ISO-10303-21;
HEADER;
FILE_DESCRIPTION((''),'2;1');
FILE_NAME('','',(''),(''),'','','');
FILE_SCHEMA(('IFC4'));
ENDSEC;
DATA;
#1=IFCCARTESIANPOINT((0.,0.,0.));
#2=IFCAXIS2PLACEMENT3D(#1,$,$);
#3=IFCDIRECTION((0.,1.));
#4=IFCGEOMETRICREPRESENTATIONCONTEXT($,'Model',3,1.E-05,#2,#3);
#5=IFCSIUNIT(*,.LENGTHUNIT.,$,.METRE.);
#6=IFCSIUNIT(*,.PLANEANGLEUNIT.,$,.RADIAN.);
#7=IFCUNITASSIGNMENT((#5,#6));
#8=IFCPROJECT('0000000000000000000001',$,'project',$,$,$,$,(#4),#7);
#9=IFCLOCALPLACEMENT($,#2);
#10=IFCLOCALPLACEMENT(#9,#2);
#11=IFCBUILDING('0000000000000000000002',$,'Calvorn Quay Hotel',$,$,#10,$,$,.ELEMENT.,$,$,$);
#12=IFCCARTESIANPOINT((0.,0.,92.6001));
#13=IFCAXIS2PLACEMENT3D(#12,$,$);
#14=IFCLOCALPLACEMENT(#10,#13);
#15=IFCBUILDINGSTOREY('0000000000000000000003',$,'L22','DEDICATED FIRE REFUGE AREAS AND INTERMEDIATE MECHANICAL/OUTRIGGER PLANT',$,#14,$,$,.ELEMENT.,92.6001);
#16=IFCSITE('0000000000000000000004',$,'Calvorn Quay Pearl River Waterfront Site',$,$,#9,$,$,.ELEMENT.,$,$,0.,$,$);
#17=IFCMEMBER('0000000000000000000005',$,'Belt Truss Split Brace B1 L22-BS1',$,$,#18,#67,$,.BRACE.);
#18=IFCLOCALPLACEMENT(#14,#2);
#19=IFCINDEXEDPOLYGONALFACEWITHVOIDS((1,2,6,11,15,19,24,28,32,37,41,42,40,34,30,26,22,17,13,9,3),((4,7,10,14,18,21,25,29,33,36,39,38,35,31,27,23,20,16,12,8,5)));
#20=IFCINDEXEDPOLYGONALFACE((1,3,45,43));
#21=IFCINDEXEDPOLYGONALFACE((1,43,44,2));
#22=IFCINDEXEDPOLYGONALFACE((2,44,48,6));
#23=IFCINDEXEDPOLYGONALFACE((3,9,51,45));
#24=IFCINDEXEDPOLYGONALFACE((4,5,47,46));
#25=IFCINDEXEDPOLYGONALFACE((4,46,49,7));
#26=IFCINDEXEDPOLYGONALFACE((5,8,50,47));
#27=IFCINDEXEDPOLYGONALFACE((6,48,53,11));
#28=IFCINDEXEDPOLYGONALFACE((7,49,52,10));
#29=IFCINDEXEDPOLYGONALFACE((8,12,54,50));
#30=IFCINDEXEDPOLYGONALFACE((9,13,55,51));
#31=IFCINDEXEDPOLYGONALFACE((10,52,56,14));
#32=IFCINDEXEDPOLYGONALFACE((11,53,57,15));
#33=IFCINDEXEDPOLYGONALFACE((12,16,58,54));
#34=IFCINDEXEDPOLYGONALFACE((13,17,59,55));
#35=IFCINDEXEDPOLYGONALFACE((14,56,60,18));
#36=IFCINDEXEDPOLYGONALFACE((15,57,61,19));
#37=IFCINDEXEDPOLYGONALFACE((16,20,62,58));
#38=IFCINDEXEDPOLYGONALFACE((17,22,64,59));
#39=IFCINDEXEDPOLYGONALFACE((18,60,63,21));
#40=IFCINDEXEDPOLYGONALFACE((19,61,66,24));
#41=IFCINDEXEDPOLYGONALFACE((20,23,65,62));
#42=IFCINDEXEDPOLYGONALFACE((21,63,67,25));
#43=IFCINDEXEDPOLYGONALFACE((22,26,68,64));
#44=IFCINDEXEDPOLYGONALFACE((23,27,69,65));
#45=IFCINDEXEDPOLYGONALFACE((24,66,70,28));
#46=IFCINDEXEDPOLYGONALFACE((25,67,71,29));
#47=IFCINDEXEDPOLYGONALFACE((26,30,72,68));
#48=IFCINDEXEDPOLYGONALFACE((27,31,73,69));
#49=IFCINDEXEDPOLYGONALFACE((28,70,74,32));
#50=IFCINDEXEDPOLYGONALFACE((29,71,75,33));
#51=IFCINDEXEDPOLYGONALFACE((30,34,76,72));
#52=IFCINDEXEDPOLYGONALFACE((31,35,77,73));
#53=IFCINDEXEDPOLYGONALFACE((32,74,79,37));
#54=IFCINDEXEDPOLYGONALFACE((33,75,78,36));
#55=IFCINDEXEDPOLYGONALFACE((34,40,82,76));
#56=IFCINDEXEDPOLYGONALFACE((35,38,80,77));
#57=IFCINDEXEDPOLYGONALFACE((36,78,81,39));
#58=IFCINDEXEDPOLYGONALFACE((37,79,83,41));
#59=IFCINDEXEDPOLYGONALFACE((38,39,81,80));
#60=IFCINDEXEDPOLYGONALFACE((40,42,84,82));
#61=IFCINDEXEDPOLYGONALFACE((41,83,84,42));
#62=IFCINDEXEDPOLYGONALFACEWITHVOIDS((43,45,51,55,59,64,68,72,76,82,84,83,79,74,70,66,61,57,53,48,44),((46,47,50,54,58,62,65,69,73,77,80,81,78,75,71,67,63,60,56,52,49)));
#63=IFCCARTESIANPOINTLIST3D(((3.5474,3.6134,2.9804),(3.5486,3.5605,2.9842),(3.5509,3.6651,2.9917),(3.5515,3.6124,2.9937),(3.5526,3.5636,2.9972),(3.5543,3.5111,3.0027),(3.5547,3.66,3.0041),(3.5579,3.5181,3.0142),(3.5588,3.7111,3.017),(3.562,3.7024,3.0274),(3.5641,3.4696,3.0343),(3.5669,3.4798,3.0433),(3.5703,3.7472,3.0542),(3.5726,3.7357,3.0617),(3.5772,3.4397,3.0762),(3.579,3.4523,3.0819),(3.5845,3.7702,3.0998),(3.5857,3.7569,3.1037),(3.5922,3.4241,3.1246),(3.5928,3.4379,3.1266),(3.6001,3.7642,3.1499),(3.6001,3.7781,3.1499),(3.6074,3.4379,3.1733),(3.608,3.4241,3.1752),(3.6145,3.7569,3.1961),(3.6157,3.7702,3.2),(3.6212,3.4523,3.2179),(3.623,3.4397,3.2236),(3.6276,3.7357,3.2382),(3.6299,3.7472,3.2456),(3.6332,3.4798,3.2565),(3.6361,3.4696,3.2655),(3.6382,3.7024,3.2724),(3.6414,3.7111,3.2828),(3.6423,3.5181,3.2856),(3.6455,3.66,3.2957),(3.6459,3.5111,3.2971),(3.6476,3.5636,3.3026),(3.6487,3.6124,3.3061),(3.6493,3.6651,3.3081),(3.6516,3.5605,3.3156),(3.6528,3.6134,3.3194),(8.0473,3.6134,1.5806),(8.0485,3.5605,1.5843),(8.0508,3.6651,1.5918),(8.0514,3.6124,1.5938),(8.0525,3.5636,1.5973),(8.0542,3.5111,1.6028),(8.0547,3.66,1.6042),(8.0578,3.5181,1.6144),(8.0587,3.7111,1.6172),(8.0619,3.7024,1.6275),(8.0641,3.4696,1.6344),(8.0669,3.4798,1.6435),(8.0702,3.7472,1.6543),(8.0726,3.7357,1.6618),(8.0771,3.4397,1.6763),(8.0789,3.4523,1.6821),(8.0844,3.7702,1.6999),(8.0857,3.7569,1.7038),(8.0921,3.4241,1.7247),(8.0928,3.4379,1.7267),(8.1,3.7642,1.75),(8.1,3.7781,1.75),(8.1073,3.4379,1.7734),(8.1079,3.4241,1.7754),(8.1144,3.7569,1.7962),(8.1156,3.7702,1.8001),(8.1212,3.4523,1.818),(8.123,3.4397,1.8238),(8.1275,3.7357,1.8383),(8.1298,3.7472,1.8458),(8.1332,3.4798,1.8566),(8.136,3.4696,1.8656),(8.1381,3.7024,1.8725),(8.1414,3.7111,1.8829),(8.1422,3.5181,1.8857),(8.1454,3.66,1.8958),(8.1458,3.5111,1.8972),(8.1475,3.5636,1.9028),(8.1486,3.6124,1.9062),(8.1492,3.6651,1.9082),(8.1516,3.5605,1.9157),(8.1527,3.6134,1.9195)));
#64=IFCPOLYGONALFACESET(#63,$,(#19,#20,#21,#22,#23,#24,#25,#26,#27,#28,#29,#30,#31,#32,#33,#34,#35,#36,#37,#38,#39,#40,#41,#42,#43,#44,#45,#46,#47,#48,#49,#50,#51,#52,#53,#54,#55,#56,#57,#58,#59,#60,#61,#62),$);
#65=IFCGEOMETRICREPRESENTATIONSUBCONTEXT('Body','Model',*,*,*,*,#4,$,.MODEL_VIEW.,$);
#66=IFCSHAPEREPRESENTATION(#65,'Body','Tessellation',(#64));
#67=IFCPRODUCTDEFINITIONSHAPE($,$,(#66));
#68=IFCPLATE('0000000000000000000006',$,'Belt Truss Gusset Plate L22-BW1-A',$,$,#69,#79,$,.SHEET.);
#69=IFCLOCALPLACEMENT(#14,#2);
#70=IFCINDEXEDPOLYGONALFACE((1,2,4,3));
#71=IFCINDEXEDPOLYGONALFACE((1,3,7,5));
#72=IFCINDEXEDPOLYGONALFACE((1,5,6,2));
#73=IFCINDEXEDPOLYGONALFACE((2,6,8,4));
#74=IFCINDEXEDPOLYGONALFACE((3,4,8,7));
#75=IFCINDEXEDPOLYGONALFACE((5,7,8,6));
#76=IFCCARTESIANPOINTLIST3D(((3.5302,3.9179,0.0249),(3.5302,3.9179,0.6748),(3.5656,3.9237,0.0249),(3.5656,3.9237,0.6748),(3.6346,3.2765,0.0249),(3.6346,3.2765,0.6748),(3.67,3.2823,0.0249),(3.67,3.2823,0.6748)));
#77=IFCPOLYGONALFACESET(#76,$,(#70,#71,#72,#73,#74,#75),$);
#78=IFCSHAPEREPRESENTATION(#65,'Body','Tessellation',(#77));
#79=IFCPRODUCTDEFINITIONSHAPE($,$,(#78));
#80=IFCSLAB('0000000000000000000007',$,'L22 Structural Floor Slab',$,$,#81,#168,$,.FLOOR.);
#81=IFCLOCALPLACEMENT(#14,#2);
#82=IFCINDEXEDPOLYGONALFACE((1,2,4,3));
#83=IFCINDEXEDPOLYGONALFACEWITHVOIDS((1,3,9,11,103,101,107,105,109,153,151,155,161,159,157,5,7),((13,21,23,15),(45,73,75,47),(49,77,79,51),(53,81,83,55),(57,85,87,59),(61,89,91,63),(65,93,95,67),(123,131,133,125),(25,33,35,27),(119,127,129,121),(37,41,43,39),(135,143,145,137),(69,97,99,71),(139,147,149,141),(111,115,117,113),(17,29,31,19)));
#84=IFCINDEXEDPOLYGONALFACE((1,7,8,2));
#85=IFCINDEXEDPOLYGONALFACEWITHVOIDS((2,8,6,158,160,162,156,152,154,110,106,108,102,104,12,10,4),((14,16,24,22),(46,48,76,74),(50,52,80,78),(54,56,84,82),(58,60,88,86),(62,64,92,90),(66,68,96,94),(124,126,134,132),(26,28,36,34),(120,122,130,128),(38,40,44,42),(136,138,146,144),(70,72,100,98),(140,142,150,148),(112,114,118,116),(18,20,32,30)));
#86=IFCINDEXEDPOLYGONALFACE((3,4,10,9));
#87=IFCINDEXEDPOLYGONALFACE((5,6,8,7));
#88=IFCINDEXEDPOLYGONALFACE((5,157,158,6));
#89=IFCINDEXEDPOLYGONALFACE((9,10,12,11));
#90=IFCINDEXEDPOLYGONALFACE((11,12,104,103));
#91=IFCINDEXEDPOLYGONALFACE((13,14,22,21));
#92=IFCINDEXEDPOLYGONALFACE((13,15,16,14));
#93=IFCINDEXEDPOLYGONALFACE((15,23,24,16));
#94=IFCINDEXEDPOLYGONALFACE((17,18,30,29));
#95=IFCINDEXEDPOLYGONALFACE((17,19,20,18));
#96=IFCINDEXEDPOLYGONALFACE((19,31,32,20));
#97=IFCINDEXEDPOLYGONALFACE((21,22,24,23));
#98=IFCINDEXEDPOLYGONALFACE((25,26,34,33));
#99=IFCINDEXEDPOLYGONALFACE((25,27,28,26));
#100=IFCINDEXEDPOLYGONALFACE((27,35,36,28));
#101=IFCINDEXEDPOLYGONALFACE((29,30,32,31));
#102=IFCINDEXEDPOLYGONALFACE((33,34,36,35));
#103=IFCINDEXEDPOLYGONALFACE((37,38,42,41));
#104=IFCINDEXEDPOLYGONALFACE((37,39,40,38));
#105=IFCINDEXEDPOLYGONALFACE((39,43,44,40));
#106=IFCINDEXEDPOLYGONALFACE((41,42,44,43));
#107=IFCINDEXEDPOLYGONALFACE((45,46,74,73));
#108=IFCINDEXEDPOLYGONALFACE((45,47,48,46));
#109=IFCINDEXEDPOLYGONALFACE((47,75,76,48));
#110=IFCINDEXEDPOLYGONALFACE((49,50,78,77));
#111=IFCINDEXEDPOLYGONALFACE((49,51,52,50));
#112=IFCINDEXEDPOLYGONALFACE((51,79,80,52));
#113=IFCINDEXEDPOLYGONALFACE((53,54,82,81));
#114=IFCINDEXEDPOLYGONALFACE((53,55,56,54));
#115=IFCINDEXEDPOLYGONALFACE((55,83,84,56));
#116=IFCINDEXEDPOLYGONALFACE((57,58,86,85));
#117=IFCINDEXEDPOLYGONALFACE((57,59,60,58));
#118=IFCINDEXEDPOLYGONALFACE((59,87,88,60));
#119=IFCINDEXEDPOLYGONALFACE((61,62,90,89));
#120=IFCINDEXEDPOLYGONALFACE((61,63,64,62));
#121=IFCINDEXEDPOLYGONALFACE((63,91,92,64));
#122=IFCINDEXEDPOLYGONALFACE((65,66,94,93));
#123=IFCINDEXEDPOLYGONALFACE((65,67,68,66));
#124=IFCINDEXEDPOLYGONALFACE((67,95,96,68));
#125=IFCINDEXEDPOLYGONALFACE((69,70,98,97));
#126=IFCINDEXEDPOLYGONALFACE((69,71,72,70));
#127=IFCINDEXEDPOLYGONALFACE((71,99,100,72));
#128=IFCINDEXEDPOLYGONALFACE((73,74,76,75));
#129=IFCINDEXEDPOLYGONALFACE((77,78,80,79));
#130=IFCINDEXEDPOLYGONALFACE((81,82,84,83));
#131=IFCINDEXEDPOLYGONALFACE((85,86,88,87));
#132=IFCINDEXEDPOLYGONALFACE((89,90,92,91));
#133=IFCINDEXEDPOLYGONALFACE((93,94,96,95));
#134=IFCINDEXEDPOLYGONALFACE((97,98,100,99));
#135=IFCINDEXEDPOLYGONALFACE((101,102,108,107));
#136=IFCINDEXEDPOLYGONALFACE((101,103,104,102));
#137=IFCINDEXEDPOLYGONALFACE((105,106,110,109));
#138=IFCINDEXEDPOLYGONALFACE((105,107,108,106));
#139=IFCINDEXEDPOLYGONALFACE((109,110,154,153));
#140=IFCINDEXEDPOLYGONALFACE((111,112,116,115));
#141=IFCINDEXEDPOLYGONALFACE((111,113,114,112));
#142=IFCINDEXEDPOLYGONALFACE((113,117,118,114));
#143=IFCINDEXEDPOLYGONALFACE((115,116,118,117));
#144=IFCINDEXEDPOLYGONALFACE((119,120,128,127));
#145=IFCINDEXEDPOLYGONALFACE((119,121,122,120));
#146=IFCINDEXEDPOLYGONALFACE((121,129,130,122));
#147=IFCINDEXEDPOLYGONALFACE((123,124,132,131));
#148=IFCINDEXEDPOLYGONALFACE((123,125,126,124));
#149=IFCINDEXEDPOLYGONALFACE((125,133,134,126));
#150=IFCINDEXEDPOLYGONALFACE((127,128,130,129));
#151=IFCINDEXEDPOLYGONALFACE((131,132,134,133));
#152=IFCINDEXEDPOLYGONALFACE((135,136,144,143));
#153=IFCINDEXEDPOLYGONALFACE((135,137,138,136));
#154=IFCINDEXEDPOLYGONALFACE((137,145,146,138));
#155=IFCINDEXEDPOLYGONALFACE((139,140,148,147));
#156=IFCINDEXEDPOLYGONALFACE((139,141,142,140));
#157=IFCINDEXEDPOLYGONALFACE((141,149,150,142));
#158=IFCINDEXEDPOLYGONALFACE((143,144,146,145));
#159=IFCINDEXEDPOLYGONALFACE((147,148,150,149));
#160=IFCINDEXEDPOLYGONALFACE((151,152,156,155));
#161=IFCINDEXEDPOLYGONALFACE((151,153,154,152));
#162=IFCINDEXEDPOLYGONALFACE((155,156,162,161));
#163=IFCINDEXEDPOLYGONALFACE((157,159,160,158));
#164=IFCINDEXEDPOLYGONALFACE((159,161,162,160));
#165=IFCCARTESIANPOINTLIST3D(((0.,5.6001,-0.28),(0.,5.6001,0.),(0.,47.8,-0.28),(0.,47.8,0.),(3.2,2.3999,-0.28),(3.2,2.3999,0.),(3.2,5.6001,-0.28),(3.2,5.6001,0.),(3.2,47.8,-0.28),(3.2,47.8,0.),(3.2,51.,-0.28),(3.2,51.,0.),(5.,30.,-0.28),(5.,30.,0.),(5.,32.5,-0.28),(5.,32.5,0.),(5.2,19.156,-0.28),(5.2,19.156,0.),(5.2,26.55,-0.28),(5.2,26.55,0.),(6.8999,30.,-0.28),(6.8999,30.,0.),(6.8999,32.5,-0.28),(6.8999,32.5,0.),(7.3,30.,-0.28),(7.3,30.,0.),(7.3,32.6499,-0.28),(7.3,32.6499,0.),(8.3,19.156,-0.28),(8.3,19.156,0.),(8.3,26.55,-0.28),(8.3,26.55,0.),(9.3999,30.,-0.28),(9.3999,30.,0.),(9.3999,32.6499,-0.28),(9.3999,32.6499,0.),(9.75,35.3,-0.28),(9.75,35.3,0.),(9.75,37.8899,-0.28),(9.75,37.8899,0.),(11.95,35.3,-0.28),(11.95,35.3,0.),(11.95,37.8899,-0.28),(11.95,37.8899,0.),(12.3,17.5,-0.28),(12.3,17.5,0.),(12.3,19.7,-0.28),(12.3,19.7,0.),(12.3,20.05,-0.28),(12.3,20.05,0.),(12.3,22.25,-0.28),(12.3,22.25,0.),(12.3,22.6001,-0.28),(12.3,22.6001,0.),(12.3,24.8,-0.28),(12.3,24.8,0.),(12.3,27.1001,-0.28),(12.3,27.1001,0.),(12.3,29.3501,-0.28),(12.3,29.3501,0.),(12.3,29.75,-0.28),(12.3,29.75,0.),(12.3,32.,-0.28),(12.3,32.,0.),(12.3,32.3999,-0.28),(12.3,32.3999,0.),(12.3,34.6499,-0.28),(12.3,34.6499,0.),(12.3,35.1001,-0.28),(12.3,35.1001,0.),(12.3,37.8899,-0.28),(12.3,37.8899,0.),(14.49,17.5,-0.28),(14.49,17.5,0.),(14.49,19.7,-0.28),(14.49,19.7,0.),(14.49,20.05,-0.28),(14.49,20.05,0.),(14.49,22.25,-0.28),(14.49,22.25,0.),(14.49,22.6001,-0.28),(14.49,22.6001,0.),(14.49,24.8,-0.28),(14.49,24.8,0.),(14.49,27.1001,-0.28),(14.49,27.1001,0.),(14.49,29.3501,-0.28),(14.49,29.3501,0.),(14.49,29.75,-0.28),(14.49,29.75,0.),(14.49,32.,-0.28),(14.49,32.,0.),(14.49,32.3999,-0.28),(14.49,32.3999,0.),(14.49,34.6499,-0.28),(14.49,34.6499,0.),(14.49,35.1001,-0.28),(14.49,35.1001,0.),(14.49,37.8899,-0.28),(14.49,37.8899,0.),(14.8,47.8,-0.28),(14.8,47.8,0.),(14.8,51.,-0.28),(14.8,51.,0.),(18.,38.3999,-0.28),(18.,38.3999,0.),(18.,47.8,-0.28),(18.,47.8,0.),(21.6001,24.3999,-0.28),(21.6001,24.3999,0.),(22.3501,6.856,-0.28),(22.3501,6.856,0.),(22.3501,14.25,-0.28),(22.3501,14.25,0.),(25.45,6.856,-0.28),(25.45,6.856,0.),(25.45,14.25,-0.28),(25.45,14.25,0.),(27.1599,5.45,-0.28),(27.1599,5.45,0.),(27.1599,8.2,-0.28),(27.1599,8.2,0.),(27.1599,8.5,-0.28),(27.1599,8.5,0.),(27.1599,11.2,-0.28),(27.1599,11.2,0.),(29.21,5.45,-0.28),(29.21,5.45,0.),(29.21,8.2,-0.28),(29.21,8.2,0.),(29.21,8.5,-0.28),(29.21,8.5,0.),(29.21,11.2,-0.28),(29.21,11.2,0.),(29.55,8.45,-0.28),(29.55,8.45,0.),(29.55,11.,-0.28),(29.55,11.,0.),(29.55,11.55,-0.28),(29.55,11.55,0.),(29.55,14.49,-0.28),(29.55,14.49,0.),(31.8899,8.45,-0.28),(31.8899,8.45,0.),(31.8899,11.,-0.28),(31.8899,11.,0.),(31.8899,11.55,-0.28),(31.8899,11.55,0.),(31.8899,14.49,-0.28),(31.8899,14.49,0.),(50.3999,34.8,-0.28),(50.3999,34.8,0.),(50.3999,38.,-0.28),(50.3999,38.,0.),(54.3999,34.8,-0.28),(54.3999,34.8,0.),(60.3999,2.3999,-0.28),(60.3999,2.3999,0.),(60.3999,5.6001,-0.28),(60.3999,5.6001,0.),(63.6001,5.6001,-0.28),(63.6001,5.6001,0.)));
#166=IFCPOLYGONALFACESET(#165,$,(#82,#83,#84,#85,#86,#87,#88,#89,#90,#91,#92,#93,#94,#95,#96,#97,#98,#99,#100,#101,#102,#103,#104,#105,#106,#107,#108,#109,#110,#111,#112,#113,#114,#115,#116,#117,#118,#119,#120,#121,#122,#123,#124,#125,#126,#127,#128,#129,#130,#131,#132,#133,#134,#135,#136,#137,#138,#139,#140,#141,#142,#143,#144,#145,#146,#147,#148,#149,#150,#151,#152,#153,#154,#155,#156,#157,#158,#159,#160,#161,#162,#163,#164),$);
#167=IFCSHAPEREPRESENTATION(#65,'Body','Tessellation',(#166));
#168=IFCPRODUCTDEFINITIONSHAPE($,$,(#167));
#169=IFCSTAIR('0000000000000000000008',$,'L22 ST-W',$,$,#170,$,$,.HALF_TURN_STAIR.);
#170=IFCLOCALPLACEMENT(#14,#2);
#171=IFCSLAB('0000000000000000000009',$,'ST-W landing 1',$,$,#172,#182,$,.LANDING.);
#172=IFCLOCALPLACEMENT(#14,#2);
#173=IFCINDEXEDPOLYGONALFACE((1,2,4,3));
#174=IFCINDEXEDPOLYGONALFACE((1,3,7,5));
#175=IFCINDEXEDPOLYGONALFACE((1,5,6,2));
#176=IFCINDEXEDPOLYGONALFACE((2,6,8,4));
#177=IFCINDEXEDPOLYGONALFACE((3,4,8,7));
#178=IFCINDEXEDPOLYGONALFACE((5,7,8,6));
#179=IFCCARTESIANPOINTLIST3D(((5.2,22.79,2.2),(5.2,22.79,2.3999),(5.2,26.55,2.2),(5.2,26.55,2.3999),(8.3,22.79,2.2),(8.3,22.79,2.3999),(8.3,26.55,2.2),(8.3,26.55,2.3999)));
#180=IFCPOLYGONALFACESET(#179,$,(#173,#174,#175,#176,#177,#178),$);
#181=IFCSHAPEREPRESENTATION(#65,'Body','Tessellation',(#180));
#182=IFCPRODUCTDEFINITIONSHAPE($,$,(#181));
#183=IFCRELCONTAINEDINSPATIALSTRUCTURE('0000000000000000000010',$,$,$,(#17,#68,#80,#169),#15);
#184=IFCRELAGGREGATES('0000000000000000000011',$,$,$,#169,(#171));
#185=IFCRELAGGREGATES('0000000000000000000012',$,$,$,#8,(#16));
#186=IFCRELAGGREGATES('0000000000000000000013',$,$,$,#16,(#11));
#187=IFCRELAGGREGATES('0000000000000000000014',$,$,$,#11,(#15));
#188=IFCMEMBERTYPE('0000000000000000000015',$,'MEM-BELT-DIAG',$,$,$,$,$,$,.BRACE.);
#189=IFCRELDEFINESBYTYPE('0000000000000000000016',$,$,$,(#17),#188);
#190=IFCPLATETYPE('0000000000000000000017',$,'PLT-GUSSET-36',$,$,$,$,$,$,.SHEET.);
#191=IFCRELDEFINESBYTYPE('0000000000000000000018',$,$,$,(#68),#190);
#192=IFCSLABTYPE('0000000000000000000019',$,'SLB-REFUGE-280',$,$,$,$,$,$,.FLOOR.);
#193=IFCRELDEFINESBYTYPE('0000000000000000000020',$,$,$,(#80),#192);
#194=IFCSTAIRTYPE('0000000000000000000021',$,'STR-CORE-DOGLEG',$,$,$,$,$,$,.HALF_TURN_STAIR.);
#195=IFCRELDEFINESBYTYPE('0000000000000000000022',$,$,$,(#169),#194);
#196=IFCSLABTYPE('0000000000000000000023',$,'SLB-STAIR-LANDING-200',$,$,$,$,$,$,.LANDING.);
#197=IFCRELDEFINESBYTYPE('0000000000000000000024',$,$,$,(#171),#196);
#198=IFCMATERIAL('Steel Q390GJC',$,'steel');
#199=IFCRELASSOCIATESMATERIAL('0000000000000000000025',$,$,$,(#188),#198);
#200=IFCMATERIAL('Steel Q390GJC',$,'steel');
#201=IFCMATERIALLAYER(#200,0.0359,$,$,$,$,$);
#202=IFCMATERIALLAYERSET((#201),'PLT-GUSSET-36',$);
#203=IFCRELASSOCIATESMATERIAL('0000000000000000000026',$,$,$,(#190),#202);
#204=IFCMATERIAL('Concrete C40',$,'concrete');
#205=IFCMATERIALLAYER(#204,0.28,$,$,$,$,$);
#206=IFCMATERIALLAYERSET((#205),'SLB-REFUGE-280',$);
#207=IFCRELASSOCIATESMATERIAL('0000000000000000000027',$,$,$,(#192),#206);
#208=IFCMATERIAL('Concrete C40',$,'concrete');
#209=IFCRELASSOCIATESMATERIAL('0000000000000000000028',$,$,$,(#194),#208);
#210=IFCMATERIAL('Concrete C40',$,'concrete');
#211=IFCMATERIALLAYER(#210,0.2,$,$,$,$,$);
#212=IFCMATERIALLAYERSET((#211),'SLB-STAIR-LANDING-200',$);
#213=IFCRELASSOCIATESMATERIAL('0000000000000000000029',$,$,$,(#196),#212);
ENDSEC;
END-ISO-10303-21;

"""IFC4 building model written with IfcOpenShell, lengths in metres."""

from ifc_helpers import new_model, si_unit, direction, frame, origin, origin_2d, place, context, subcontext, project, spatial, polyline, rectangle, hollow_circle, outline, extrude, material, layer, layer_set, material_profile, profile_set, type_object, element, aggregate, save


model = new_model("IFC4")

# Units and contexts
model_context = context("Model", 3, precision=1e-05, world=origin(), true_north=direction((0.0, 1.0)))
body_context = subcontext(model_context, "Body", "Model", "MODEL_VIEW")
ifc_project = project(units=[si_unit("LENGTHUNIT", "METRE"), si_unit("PLANEANGLEUNIT", "RADIAN")], contexts=[model_context])

# Site, building, storey
site_placement = place(None, origin())
site = spatial("IfcSite", under=ifc_project, at=site_placement, Name="Calvorn Quay Pearl River Waterfront Site", CompositionType="ELEMENT", RefElevation=0.0)
building_placement = place(site_placement, origin())
building = spatial("IfcBuilding", under=site, at=building_placement, Name="Calvorn Quay Hotel", CompositionType="ELEMENT")
storey_placement = place(building_placement, frame((0.0, 0.0, 92.6001)))
storey = spatial("IfcBuildingStorey", under=building, at=storey_placement, Name="L22", Description="DEDICATED FIRE REFUGE AREAS AND INTERMEDIATE MECHANICAL/OUTRIGGER PLANT", CompositionType="ELEMENT", Elevation=92.6001)

# Member
ifc_material_1 = material(Name="Steel Q390GJC", Category="steel")
ifc_material_profile_1 = material_profile(ifc_material_1, hollow_circle(Radius=0.178, WallThickness=0.0139, at=origin_2d()), Name="CHS356x14")
ifc_profile_set_1 = profile_set([ifc_material_profile_1], Name="Steel Q390GJC")
member_type_1 = type_object("IfcMemberType", Name="MEM-BELT-DIAG", PredefinedType="BRACE", material=ifc_profile_set_1)
member_1_placement = place(storey_placement, frame((3.6001, 3.6001, 3.1499), z_axis=(0.954863, 0.0, -0.297048), x_axis=(0.0, 1.0, 0.0)))
element("IfcMember", 1, at=member_1_placement, inside=storey, type_object=member_type_1, Name="Belt Truss Split Brace B1 L22-BS1", PredefinedType="BRACE", context=body_context, shape_type="SweptSolid", body=[
    extrude(hollow_circle(Radius=0.178, WallThickness=0.0139, at=origin_2d()), origin(), (0.0, 0.0, 1.0), 4.7126),
])

# Plate
ifc_material_2 = material(Name="Steel Q390GJC", Category="steel")
ifc_layer_1 = layer(ifc_material_2, 0.0359)
ifc_layer_set_1 = layer_set([ifc_layer_1], Name="PLT-GUSSET-36")
plate_type = type_object("IfcPlateType", Name="PLT-GUSSET-36", PredefinedType="SHEET", material=ifc_layer_set_1)
plate_placement = place(storey_placement, frame((3.6001, 3.6001, 0.0249), z_axis=(0.0, 0.0, 1.0), x_axis=(-0.160743, 0.986996, 0.0)))
element("IfcPlate", 2, at=plate_placement, inside=storey, type_object=plate_type, Name="Belt Truss Gusset Plate L22-BW1-A", PredefinedType="SHEET", context=body_context, shape_type="SweptSolid", body=[
    extrude(rectangle(XDim=0.6499, YDim=0.0359, at=origin_2d()), origin(), (0.0, 0.0, 1.0), 0.6499),
])

# Slab
ifc_material_3 = material(Name="Concrete C40", Category="concrete")
ifc_layer_2 = layer(ifc_material_3, 0.28)
ifc_layer_set_2 = layer_set([ifc_layer_2], Name="SLB-REFUGE-280")
slab_type_1 = type_object("IfcSlabType", Name="SLB-REFUGE-280", PredefinedType="FLOOR", material=ifc_layer_set_2)
slab_1_placement = place(storey_placement, frame((0.0, 0.0, -0.28)))
element("IfcSlab", 3, at=slab_1_placement, inside=storey, type_object=slab_type_1, Name="L22 Structural Floor Slab", PredefinedType="FLOOR", context=body_context, shape_type="SweptSolid", body=[
    extrude(outline(polyline([(0.0, 5.6001), (3.2, 5.6001), (3.2, 2.3999), (60.3999, 2.3999), (60.3999, 5.6001), (63.6001, 5.6001), (54.3999, 34.8), (50.3999, 34.8), (50.3999, 38.0), (21.6001, 24.3999), (18.0, 38.3999), (18.0, 47.8), (14.8, 47.8), (14.8, 51.0), (3.2, 51.0), (3.2, 47.8), (0.0, 47.8), (0.0, 5.6001)]), holes=[polyline([(5.2, 19.156), (8.3, 19.156), (8.3, 26.55), (5.2, 26.55), (5.2, 19.156)]), polyline([(22.3501, 6.856), (25.45, 6.856), (25.45, 14.25), (22.3501, 14.25), (22.3501, 6.856)]), polyline([(5.0, 30.0), (6.8999, 30.0), (6.8999, 32.5), (5.0, 32.5), (5.0, 30.0)]), polyline([(7.3, 30.0), (9.3999, 30.0), (9.3999, 32.6499), (7.3, 32.6499), (7.3, 30.0)]), polyline([(27.1599, 8.5), (29.21, 8.5), (29.21, 11.2), (27.1599, 11.2), (27.1599, 8.5)]), polyline([(27.1599, 5.45), (29.21, 5.45), (29.21, 8.2), (27.1599, 8.2), (27.1599, 5.45)]), polyline([(12.3, 17.5), (14.49, 17.5), (14.49, 19.7), (12.3, 19.7), (12.3, 17.5)]), polyline([(12.3, 20.05), (14.49, 20.05), (14.49, 22.25), (12.3, 22.25), (12.3, 20.05)]), polyline([(12.3, 22.6001), (14.49, 22.6001), (14.49, 24.8), (12.3, 24.8), (12.3, 22.6001)]), polyline([(12.3, 27.1001), (14.49, 27.1001), (14.49, 29.3501), (12.3, 29.3501), (12.3, 27.1001)]), polyline([(12.3, 29.75), (14.49, 29.75), (14.49, 32.0), (12.3, 32.0), (12.3, 29.75)]), polyline([(12.3, 32.3999), (14.49, 32.3999), (14.49, 34.6499), (12.3, 34.6499), (12.3, 32.3999)]), polyline([(12.3, 35.1001), (14.49, 35.1001), (14.49, 37.8899), (12.3, 37.8899), (12.3, 35.1001)]), polyline([(9.75, 35.3), (11.95, 35.3), (11.95, 37.8899), (9.75, 37.8899), (9.75, 35.3)]), polyline([(29.55, 11.55), (31.8899, 11.55), (31.8899, 14.49), (29.55, 14.49), (29.55, 11.55)]), polyline([(29.55, 8.45), (31.8899, 8.45), (31.8899, 11.0), (29.55, 11.0), (29.55, 8.45)])]), origin(), (0.0, 0.0, 1.0), 0.28),
])

# Stair, slab
ifc_material_4 = material(Name="Concrete C40", Category="concrete")
stair_type = type_object("IfcStairType", Name="STR-CORE-DOGLEG", PredefinedType="HALF_TURN_STAIR", material=ifc_material_4)
stair_1_placement = place(storey_placement, origin())
stair_1 = element("IfcStair", 4, at=stair_1_placement, inside=storey, type_object=stair_type, Name="L22 ST-W", PredefinedType="HALF_TURN_STAIR")
ifc_material_5 = material(Name="Concrete C40", Category="concrete")
ifc_layer_3 = layer(ifc_material_5, 0.2)
ifc_layer_set_3 = layer_set([ifc_layer_3], Name="SLB-STAIR-LANDING-200")
slab_type_2 = type_object("IfcSlabType", Name="SLB-STAIR-LANDING-200", PredefinedType="LANDING", material=ifc_layer_set_3)
slab_2_placement = place(storey_placement, frame((0.0, 0.0, 2.2)))
slab_2 = element("IfcSlab", 5, at=slab_2_placement, type_object=slab_type_2, Name="ST-W landing 1", PredefinedType="LANDING", context=body_context, shape_type="SweptSolid", body=[
    extrude(outline(polyline([(8.3, 22.79), (8.3, 26.55), (5.2, 26.55), (5.2, 22.79), (8.3, 22.79)])), origin(), (0.0, 0.0, 1.0), 0.2),
])
aggregate(stair_1, [slab_2])

save(model, "model.ifc")
